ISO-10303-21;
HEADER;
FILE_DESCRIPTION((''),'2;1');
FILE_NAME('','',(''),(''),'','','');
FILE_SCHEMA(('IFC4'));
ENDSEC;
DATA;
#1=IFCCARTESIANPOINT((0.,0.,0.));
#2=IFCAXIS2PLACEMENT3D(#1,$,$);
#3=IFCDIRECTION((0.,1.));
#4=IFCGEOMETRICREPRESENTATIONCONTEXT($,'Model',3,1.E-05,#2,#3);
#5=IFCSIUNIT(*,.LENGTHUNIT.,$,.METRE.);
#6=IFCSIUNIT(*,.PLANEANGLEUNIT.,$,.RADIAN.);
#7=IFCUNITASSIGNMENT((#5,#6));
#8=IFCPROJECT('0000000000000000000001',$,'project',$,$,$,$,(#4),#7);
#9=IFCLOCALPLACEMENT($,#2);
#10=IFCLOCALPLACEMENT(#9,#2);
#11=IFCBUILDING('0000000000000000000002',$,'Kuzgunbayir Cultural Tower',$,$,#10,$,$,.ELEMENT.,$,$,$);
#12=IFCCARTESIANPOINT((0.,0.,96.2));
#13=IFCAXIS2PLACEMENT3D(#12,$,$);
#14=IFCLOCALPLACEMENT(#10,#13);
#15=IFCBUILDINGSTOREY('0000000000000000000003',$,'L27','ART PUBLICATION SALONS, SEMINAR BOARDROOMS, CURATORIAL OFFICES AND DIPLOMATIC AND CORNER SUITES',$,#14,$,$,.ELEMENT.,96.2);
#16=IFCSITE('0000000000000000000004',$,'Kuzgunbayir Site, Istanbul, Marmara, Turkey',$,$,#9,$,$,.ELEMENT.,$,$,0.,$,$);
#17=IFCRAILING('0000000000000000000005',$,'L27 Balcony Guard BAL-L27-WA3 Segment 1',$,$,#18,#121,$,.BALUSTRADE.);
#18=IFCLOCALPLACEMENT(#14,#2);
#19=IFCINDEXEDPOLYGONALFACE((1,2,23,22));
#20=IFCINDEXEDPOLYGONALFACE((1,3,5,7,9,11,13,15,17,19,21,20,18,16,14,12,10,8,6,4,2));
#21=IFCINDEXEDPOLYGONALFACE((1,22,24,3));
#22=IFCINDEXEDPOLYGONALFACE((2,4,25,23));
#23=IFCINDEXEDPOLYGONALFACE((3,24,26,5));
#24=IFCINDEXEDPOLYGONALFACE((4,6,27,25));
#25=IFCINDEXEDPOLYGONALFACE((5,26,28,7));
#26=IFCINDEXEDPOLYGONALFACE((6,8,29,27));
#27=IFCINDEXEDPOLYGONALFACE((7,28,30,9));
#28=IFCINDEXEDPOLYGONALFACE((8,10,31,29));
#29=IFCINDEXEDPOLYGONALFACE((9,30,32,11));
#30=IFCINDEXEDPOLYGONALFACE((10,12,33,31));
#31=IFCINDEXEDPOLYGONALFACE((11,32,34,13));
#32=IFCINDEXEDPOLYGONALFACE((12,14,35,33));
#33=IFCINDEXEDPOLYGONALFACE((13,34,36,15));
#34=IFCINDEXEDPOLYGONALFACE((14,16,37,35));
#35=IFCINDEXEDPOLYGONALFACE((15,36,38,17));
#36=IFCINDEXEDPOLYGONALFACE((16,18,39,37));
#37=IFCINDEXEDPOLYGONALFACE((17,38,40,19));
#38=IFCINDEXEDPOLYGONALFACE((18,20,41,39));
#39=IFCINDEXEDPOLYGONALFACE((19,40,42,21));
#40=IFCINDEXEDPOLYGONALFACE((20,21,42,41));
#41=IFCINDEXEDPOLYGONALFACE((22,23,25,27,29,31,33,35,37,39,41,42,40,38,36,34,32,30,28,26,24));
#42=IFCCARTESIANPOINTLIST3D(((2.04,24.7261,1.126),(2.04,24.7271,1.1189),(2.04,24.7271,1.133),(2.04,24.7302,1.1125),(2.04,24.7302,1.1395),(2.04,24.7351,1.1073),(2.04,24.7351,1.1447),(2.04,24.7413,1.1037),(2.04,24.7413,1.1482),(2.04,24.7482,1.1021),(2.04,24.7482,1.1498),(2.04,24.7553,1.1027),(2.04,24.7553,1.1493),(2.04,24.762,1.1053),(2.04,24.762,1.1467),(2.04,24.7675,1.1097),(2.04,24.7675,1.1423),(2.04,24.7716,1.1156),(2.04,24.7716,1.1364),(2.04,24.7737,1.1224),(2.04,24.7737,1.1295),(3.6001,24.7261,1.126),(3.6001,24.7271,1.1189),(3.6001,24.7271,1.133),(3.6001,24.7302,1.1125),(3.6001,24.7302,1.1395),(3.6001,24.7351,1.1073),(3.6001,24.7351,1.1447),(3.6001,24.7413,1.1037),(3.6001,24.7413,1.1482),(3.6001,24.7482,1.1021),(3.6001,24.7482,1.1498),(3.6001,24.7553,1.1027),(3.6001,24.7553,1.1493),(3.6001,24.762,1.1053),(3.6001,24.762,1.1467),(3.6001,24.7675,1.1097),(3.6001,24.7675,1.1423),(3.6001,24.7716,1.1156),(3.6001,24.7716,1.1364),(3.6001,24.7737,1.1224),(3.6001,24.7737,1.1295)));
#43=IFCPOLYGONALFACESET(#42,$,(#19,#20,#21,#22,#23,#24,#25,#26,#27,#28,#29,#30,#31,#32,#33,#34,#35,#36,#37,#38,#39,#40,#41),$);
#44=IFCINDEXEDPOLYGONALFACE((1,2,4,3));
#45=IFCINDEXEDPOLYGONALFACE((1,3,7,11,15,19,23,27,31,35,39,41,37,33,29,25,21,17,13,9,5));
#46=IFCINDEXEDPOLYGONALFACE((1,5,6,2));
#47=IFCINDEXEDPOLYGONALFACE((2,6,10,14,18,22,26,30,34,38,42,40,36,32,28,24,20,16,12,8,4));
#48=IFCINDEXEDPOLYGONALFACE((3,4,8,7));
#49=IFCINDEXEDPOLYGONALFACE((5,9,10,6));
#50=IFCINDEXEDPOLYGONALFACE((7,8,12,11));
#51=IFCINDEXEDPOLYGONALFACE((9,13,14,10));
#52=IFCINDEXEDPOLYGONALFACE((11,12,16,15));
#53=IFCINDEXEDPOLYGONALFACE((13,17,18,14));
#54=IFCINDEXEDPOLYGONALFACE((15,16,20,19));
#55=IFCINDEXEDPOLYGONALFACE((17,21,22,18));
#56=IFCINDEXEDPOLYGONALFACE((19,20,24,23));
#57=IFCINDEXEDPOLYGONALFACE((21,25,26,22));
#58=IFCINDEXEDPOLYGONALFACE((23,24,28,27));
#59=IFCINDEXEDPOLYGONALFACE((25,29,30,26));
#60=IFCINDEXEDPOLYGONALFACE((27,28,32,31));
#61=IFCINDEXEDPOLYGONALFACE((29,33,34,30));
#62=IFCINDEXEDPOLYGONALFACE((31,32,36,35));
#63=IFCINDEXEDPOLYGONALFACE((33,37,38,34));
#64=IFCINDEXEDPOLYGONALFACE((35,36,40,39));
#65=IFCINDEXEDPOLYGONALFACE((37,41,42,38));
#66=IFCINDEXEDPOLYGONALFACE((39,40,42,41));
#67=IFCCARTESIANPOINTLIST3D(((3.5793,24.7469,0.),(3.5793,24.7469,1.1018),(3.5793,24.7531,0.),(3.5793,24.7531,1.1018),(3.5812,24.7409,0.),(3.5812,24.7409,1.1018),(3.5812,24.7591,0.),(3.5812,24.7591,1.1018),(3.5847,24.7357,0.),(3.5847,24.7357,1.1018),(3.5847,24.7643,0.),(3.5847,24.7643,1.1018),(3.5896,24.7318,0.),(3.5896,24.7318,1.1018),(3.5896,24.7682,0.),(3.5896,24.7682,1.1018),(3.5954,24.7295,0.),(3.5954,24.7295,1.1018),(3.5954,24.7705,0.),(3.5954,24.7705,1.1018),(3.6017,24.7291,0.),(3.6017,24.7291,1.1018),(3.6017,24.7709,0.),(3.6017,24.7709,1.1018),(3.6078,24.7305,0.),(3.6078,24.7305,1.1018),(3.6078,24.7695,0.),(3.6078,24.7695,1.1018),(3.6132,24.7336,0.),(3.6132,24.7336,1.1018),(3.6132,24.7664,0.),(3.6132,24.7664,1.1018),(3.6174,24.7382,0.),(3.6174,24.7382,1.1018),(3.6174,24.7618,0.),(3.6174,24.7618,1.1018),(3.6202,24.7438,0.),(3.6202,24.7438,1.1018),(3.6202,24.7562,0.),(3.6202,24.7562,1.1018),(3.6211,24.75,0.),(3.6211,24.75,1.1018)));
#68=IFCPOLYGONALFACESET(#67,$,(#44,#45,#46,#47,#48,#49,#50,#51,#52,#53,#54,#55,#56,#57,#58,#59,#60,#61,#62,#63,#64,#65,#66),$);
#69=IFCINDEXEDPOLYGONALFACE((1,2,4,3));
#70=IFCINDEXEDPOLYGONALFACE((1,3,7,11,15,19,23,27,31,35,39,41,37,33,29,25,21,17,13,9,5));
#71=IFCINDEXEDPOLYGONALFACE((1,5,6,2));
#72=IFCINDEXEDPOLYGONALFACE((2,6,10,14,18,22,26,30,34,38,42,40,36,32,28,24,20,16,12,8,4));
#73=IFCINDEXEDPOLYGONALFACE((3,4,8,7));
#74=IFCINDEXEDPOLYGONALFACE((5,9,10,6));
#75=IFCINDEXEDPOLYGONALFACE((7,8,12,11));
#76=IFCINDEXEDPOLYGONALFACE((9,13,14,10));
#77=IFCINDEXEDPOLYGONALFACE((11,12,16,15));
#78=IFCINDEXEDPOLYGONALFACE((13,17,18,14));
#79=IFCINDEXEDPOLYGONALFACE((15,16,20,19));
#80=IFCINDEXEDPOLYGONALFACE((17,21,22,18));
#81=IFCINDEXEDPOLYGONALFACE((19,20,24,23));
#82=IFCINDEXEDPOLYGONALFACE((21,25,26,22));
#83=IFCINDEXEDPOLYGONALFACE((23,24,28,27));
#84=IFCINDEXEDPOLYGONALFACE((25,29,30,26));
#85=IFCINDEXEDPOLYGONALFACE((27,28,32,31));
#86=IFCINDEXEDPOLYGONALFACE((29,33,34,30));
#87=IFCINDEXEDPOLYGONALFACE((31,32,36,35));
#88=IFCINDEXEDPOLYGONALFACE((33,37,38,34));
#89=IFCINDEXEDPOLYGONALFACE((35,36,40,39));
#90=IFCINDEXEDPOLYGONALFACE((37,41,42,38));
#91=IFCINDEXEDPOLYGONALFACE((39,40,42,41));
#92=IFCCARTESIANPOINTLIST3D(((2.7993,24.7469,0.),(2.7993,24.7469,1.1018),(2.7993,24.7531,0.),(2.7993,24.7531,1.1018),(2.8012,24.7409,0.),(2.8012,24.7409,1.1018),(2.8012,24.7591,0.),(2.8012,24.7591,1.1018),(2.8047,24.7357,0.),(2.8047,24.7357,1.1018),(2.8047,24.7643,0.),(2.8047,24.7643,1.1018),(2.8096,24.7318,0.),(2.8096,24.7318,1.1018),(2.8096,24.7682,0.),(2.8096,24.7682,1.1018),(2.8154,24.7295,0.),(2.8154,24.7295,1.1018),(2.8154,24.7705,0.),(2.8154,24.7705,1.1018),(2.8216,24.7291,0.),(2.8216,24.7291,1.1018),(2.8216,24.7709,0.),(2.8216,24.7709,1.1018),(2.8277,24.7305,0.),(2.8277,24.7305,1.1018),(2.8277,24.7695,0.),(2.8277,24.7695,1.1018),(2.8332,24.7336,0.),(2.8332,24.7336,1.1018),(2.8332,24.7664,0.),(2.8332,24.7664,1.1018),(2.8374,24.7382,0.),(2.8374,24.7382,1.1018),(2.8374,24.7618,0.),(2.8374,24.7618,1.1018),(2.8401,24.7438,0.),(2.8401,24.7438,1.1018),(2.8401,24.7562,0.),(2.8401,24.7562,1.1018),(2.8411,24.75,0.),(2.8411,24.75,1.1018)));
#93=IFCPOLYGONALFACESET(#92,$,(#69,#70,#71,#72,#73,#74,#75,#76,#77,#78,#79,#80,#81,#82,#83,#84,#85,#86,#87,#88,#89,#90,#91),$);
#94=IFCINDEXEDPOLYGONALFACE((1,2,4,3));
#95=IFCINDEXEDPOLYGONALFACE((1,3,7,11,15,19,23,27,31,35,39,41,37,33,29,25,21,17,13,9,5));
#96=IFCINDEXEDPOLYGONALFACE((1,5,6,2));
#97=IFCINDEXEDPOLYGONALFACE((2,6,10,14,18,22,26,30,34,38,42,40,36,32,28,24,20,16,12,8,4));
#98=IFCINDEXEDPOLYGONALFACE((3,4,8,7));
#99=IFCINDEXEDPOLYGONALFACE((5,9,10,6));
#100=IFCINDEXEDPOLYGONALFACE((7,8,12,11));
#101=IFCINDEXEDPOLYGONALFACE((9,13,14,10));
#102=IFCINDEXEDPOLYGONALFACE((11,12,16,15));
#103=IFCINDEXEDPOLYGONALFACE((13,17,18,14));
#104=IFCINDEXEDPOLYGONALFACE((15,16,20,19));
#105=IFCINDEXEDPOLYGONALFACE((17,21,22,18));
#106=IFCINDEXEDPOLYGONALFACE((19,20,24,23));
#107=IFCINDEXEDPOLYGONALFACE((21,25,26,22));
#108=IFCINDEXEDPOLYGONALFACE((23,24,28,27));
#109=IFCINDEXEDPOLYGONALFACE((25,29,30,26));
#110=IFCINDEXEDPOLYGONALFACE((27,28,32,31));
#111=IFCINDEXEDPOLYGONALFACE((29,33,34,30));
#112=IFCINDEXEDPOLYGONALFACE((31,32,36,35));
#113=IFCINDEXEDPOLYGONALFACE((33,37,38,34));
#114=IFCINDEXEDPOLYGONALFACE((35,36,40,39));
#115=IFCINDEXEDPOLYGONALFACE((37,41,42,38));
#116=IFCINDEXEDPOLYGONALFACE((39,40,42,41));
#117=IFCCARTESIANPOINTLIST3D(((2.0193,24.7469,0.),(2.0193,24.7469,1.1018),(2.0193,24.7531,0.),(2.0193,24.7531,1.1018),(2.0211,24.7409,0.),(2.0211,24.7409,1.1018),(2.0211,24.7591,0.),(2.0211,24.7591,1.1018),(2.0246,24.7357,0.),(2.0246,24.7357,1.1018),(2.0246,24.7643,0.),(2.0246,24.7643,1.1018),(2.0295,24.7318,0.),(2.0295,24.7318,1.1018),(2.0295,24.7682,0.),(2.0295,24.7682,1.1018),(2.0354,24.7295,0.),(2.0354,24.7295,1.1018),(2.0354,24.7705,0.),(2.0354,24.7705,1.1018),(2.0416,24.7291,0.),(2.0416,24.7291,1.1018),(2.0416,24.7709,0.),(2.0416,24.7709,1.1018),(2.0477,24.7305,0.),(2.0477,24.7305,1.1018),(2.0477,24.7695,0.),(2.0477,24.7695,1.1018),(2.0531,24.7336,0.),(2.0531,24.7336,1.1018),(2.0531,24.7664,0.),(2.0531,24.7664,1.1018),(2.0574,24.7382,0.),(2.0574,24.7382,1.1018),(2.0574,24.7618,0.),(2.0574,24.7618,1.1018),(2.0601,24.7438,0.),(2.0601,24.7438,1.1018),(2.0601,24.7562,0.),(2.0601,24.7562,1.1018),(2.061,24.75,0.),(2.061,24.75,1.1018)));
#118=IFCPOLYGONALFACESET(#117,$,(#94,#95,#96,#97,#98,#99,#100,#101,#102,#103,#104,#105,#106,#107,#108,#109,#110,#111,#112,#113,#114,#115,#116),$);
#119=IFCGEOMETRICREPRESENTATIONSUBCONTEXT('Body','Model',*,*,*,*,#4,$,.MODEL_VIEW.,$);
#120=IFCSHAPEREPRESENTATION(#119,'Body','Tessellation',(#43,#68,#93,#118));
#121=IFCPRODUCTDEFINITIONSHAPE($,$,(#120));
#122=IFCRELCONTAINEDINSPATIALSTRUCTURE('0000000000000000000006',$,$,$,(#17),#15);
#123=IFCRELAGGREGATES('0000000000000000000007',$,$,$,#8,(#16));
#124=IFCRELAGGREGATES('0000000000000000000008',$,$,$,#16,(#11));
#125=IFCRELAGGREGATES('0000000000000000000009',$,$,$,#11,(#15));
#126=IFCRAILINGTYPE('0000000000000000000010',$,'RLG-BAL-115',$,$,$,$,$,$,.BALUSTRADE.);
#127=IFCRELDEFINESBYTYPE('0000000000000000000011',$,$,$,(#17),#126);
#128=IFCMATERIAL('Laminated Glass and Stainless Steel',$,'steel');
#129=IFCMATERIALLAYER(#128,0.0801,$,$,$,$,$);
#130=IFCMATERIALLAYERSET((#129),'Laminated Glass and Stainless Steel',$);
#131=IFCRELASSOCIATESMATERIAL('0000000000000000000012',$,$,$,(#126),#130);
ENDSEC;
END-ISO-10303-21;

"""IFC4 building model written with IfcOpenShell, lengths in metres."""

from ifc_helpers import new_model, si_unit, direction, frame, origin, origin_2d, place, context, subcontext, project, spatial, circle, extrude, material, layer, layer_set, type_object, element, save


model = new_model("IFC4")

# Units and contexts
model_context = context("Model", 3, precision=1e-05, world=origin(), true_north=direction((0.0, 1.0)))
body_context = subcontext(model_context, "Body", "Model", "MODEL_VIEW")
ifc_project = project(units=[si_unit("LENGTHUNIT", "METRE"), si_unit("PLANEANGLEUNIT", "RADIAN")], contexts=[model_context])

# Site, building, storey
site_placement = place(None, origin())
site = spatial("IfcSite", under=ifc_project, at=site_placement, Name="Kuzgunbayir Site, Istanbul, Marmara, Turkey", CompositionType="ELEMENT", RefElevation=0.0)
building_placement = place(site_placement, origin())
building = spatial("IfcBuilding", under=site, at=building_placement, Name="Kuzgunbayir Cultural Tower", CompositionType="ELEMENT")
storey_placement = place(building_placement, frame((0.0, 0.0, 96.2)))
storey = spatial("IfcBuildingStorey", under=building, at=storey_placement, Name="L27", Description="ART PUBLICATION SALONS, SEMINAR BOARDROOMS, CURATORIAL OFFICES AND DIPLOMATIC AND CORNER SUITES", CompositionType="ELEMENT", Elevation=96.2)

# Railing
ifc_material_1 = material(Name="Laminated Glass and Stainless Steel", Category="steel")
ifc_layer_1 = layer(ifc_material_1, 0.0801)
ifc_layer_set_1 = layer_set([ifc_layer_1], Name="Laminated Glass and Stainless Steel")
railing_type = type_object("IfcRailingType", Name="RLG-BAL-115", PredefinedType="BALUSTRADE", material=ifc_layer_set_1)
railing_1_placement = place(storey_placement, frame((3.6001, 24.75, 0.0)))
element("IfcRailing", 1, at=railing_1_placement, inside=storey, type_object=railing_type, Name="L27 Balcony Guard BAL-L27-WA3 Segment 1", PredefinedType="BALUSTRADE", context=body_context, shape_type="SweptSolid", body=[
    extrude(circle(Radius=0.0239, at=origin_2d()), frame((0.0, 0.0, 1.126), z_axis=(-1.0, 0.0, 0.0), x_axis=(0.0, -1.0, 0.0)), (0.0, 0.0, 1.0), 1.5601),
    extrude(circle(Radius=0.021, at=origin_2d()), origin(), (0.0, 0.0, 1.0), 1.1018),
    extrude(circle(Radius=0.021, at=origin_2d()), frame((-0.78, 0.0, 0.0)), (0.0, 0.0, 1.0), 1.1018),
    extrude(circle(Radius=0.021, at=origin_2d()), frame((-1.5601, 0.0, 0.0)), (0.0, 0.0, 1.0), 1.1018),
])

save(model, "model.ifc")
